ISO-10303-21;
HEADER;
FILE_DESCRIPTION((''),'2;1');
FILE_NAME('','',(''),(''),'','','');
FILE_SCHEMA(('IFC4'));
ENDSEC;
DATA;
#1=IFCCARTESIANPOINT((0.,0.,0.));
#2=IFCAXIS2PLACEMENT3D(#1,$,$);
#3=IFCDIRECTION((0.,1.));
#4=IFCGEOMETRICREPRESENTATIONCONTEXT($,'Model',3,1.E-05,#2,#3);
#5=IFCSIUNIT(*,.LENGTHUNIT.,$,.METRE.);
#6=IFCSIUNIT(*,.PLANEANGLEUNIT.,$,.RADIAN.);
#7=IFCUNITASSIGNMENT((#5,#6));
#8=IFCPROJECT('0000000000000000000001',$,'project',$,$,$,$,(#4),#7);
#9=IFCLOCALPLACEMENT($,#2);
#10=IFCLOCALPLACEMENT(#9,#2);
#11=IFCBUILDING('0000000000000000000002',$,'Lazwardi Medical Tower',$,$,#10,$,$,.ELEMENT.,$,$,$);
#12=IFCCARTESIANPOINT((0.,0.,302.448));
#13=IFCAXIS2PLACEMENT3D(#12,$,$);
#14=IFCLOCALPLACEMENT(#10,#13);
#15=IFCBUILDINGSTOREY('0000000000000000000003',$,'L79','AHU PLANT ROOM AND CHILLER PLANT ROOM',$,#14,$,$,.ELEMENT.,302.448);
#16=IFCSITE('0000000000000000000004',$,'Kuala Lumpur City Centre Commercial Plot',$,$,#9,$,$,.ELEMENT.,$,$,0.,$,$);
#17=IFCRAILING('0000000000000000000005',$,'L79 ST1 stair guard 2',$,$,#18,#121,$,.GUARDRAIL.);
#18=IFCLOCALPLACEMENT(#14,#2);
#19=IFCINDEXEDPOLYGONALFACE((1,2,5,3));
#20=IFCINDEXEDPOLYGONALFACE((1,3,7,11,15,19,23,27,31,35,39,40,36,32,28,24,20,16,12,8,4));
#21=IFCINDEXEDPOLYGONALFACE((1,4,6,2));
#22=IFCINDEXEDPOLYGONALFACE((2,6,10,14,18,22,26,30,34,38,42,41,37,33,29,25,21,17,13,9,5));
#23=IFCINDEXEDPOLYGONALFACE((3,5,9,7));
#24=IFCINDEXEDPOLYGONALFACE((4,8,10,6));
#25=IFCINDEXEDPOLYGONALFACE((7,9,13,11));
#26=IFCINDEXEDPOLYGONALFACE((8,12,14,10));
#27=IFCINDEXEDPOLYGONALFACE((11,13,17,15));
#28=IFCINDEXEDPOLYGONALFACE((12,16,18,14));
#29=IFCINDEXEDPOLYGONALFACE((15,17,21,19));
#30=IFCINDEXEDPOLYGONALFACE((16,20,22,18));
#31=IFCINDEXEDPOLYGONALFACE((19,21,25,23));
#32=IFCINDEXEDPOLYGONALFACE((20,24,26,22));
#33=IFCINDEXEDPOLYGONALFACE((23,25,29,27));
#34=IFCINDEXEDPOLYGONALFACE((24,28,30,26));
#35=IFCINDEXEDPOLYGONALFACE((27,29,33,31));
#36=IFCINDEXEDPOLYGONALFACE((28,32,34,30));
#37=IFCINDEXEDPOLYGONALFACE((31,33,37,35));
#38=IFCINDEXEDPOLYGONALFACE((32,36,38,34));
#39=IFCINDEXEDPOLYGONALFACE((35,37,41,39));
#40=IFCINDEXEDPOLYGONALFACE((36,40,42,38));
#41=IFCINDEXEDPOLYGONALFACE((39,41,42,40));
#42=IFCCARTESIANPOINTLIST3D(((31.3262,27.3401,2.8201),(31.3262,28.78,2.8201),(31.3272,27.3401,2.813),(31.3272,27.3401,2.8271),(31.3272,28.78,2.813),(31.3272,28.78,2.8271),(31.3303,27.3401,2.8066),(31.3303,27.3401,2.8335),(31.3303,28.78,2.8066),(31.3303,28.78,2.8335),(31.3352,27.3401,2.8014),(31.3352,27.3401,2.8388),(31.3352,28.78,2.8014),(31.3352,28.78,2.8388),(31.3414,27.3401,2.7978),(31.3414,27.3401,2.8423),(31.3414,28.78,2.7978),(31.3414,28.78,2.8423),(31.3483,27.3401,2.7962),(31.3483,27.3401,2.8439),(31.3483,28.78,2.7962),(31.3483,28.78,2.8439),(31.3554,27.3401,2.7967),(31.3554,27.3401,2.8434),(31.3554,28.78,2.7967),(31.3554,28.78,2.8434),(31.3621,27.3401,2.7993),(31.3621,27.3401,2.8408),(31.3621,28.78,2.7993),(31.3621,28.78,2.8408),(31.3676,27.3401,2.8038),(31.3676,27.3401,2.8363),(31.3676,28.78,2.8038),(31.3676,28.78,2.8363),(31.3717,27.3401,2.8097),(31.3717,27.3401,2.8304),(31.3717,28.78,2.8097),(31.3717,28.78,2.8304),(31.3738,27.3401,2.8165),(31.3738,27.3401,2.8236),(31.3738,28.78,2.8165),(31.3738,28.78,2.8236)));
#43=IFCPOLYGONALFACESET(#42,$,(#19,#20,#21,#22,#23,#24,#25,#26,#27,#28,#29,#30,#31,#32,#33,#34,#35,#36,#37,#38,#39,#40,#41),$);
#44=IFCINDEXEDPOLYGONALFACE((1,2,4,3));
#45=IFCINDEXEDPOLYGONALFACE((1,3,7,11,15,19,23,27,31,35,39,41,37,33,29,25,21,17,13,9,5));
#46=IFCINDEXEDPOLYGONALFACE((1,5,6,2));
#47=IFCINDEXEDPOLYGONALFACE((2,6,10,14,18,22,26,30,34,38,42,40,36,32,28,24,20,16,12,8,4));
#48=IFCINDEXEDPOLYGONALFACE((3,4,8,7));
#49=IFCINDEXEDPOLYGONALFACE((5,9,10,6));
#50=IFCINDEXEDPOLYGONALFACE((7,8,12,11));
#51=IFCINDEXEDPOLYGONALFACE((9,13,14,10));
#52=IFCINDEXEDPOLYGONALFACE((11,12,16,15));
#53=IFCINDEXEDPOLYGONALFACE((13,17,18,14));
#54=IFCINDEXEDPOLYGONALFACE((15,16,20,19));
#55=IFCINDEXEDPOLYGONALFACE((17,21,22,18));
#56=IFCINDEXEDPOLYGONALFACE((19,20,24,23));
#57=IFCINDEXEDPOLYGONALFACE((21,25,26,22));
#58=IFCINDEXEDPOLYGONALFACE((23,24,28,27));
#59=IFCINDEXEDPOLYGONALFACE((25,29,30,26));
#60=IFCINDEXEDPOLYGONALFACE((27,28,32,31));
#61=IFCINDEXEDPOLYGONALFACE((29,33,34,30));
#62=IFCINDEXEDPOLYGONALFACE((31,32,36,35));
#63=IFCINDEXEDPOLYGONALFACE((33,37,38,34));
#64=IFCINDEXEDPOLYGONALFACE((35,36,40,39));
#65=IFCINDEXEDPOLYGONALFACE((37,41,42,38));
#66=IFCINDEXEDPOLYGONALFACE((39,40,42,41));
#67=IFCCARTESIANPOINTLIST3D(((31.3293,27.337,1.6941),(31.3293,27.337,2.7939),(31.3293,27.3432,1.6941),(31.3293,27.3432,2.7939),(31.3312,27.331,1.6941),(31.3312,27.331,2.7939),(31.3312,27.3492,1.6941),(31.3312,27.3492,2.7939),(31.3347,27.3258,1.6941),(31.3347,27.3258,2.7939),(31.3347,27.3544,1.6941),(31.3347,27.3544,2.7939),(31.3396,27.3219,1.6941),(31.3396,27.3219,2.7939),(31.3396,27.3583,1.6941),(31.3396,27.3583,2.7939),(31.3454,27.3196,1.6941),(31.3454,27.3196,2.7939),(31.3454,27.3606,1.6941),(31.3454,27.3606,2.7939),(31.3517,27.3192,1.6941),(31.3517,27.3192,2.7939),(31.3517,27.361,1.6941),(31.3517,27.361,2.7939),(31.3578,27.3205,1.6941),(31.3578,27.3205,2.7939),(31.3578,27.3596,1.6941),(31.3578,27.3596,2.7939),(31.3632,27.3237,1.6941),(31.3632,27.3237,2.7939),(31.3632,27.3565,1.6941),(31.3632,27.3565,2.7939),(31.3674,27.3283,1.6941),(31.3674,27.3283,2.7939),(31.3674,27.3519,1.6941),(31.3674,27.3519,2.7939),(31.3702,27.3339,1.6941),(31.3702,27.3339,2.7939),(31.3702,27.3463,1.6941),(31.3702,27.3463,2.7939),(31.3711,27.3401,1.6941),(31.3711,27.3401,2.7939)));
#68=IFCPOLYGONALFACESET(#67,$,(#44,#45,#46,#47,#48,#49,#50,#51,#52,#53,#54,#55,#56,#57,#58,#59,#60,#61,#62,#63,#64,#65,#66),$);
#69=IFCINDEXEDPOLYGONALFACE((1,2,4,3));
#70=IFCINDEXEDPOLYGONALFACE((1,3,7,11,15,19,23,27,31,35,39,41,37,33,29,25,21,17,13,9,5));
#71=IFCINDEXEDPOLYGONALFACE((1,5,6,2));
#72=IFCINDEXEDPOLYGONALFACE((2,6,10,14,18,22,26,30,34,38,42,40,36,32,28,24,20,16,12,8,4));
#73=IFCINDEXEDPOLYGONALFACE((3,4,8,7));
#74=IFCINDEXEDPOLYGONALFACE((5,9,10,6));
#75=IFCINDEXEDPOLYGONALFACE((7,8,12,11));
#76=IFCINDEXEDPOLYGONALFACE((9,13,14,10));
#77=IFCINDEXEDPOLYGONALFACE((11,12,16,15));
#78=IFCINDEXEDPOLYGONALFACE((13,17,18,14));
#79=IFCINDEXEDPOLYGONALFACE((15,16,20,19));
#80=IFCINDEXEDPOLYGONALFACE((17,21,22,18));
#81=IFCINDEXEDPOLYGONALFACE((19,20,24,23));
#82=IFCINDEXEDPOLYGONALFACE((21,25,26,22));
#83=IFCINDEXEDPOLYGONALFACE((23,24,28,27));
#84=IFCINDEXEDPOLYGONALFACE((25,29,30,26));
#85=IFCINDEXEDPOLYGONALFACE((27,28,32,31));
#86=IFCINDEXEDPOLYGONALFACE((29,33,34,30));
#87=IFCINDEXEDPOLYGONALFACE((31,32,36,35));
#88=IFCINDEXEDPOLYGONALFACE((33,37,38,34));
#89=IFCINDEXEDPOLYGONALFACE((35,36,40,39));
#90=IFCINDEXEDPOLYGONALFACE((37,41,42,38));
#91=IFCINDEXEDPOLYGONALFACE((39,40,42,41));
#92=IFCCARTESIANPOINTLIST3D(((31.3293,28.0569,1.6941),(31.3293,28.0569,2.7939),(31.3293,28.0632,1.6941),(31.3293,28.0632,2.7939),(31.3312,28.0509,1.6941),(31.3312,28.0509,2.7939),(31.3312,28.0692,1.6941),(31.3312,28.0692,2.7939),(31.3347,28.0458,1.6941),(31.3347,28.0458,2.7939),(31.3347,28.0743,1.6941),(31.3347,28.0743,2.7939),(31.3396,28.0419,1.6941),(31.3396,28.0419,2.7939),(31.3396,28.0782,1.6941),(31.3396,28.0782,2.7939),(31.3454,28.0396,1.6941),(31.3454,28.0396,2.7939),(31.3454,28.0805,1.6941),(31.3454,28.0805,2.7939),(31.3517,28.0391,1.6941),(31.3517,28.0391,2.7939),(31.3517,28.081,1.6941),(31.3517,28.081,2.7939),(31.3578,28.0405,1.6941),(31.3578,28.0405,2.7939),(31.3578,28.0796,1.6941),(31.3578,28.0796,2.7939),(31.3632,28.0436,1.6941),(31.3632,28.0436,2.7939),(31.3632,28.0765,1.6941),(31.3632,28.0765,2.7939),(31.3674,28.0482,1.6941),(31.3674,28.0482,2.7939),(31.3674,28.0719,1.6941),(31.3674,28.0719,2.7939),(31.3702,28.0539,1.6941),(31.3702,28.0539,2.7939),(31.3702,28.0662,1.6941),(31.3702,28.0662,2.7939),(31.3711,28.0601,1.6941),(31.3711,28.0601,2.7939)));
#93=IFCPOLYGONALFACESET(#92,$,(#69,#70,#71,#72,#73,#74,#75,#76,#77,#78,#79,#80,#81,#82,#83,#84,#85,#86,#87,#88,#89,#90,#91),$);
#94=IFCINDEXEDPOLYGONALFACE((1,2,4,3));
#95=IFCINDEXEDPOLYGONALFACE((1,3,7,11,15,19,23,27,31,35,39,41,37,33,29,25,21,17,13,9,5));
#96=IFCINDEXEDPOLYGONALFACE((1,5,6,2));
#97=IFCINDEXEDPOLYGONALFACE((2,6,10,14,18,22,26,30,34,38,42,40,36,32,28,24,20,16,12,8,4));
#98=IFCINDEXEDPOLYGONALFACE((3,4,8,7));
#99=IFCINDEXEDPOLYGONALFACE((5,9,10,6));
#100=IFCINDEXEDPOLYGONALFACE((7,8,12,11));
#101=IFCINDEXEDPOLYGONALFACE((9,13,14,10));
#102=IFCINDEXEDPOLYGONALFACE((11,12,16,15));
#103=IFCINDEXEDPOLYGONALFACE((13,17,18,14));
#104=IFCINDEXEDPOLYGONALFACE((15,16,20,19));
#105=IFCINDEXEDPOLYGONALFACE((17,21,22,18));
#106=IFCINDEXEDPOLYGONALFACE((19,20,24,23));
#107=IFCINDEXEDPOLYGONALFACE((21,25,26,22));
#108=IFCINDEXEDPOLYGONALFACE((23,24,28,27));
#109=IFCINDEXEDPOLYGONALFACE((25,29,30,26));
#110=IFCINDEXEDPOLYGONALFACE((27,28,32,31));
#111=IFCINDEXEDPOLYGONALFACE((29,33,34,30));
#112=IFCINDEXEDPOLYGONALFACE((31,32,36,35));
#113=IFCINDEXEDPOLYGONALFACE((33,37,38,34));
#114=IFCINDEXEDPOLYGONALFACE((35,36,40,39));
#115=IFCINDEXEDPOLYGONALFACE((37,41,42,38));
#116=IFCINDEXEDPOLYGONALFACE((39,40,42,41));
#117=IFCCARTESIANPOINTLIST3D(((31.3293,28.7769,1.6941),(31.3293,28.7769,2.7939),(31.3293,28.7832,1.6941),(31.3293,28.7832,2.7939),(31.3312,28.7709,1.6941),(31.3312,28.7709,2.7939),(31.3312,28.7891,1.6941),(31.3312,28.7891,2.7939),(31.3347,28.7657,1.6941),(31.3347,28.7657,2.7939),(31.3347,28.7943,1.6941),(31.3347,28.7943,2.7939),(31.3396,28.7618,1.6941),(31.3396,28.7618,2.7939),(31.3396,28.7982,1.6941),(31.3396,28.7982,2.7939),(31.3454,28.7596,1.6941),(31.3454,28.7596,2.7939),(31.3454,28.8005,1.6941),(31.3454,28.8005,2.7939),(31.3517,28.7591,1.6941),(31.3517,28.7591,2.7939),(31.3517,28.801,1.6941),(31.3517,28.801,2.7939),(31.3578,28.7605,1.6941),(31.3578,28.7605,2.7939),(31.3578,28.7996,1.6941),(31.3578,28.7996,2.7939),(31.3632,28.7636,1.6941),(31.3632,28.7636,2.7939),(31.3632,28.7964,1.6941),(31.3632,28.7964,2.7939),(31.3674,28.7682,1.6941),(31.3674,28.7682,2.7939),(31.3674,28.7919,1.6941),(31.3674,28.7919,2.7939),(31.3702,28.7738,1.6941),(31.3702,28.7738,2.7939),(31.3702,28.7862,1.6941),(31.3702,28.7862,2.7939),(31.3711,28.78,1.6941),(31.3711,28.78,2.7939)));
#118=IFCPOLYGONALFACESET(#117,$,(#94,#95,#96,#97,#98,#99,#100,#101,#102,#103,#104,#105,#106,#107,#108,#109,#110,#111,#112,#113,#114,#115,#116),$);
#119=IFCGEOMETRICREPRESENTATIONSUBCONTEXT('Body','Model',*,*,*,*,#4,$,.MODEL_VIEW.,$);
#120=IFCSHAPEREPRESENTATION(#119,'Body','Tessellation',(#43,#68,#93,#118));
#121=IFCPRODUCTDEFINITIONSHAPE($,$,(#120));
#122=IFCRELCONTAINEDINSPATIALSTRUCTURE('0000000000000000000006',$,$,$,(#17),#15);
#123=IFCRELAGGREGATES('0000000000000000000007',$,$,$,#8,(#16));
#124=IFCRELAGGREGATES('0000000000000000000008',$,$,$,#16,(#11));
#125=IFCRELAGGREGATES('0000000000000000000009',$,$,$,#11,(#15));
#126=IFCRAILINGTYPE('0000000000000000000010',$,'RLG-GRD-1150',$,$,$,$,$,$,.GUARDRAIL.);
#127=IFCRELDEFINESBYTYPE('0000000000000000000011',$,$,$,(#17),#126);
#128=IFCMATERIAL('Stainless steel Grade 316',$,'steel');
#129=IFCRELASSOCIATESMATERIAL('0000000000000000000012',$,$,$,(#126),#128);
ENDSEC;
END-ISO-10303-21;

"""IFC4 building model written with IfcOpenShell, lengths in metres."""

from ifc_helpers import new_model, si_unit, direction, frame, origin, origin_2d, place, context, subcontext, project, spatial, circle, extrude, material, type_object, element, save


model = new_model("IFC4")

# Units and contexts
model_context = context("Model", 3, precision=1e-05, world=origin(), true_north=direction((0.0, 1.0)))
body_context = subcontext(model_context, "Body", "Model", "MODEL_VIEW")
ifc_project = project(units=[si_unit("LENGTHUNIT", "METRE"), si_unit("PLANEANGLEUNIT", "RADIAN")], contexts=[model_context])

# Site, building, storey
site_placement = place(None, origin())
site = spatial("IfcSite", under=ifc_project, at=site_placement, Name="Kuala Lumpur City Centre Commercial Plot", CompositionType="ELEMENT", RefElevation=0.0)
building_placement = place(site_placement, origin())
building = spatial("IfcBuilding", under=site, at=building_placement, Name="Lazwardi Medical Tower", CompositionType="ELEMENT")
storey_placement = place(building_placement, frame((0.0, 0.0, 302.448)))
storey = spatial("IfcBuildingStorey", under=building, at=storey_placement, Name="L79", Description="AHU PLANT ROOM AND CHILLER PLANT ROOM", CompositionType="ELEMENT", Elevation=302.448)

# Railing
ifc_material_1 = material(Name="Stainless steel Grade 316", Category="steel")
railing_type_1 = type_object("IfcRailingType", Name="RLG-GRD-1150", PredefinedType="GUARDRAIL", material=ifc_material_1)
railing_1_placement = place(storey_placement, frame((31.3501, 27.3401, 1.6941)))
element("IfcRailing", 1, at=railing_1_placement, inside=storey, type_object=railing_type_1, Name="L79 ST1 stair guard 2", PredefinedType="GUARDRAIL", context=body_context, shape_type="SweptSolid", body=[
    extrude(circle(Radius=0.0239, at=origin_2d()), frame((0.0, 0.0, 1.126), z_axis=(0.0, 1.0, 0.0), x_axis=(-1.0, 0.0, 0.0)), (0.0, 0.0, 1.0), 1.4399),
    extrude(circle(Radius=0.021, at=origin_2d()), origin(), (0.0, 0.0, 1.0), 1.0999),
    extrude(circle(Radius=0.021, at=origin_2d()), frame((0.0, 0.72, 0.0)), (0.0, 0.0, 1.0), 1.0999),
    extrude(circle(Radius=0.021, at=origin_2d()), frame((0.0, 1.4399, 0.0)), (0.0, 0.0, 1.0), 1.0999),
])

save(model, "model.ifc")
